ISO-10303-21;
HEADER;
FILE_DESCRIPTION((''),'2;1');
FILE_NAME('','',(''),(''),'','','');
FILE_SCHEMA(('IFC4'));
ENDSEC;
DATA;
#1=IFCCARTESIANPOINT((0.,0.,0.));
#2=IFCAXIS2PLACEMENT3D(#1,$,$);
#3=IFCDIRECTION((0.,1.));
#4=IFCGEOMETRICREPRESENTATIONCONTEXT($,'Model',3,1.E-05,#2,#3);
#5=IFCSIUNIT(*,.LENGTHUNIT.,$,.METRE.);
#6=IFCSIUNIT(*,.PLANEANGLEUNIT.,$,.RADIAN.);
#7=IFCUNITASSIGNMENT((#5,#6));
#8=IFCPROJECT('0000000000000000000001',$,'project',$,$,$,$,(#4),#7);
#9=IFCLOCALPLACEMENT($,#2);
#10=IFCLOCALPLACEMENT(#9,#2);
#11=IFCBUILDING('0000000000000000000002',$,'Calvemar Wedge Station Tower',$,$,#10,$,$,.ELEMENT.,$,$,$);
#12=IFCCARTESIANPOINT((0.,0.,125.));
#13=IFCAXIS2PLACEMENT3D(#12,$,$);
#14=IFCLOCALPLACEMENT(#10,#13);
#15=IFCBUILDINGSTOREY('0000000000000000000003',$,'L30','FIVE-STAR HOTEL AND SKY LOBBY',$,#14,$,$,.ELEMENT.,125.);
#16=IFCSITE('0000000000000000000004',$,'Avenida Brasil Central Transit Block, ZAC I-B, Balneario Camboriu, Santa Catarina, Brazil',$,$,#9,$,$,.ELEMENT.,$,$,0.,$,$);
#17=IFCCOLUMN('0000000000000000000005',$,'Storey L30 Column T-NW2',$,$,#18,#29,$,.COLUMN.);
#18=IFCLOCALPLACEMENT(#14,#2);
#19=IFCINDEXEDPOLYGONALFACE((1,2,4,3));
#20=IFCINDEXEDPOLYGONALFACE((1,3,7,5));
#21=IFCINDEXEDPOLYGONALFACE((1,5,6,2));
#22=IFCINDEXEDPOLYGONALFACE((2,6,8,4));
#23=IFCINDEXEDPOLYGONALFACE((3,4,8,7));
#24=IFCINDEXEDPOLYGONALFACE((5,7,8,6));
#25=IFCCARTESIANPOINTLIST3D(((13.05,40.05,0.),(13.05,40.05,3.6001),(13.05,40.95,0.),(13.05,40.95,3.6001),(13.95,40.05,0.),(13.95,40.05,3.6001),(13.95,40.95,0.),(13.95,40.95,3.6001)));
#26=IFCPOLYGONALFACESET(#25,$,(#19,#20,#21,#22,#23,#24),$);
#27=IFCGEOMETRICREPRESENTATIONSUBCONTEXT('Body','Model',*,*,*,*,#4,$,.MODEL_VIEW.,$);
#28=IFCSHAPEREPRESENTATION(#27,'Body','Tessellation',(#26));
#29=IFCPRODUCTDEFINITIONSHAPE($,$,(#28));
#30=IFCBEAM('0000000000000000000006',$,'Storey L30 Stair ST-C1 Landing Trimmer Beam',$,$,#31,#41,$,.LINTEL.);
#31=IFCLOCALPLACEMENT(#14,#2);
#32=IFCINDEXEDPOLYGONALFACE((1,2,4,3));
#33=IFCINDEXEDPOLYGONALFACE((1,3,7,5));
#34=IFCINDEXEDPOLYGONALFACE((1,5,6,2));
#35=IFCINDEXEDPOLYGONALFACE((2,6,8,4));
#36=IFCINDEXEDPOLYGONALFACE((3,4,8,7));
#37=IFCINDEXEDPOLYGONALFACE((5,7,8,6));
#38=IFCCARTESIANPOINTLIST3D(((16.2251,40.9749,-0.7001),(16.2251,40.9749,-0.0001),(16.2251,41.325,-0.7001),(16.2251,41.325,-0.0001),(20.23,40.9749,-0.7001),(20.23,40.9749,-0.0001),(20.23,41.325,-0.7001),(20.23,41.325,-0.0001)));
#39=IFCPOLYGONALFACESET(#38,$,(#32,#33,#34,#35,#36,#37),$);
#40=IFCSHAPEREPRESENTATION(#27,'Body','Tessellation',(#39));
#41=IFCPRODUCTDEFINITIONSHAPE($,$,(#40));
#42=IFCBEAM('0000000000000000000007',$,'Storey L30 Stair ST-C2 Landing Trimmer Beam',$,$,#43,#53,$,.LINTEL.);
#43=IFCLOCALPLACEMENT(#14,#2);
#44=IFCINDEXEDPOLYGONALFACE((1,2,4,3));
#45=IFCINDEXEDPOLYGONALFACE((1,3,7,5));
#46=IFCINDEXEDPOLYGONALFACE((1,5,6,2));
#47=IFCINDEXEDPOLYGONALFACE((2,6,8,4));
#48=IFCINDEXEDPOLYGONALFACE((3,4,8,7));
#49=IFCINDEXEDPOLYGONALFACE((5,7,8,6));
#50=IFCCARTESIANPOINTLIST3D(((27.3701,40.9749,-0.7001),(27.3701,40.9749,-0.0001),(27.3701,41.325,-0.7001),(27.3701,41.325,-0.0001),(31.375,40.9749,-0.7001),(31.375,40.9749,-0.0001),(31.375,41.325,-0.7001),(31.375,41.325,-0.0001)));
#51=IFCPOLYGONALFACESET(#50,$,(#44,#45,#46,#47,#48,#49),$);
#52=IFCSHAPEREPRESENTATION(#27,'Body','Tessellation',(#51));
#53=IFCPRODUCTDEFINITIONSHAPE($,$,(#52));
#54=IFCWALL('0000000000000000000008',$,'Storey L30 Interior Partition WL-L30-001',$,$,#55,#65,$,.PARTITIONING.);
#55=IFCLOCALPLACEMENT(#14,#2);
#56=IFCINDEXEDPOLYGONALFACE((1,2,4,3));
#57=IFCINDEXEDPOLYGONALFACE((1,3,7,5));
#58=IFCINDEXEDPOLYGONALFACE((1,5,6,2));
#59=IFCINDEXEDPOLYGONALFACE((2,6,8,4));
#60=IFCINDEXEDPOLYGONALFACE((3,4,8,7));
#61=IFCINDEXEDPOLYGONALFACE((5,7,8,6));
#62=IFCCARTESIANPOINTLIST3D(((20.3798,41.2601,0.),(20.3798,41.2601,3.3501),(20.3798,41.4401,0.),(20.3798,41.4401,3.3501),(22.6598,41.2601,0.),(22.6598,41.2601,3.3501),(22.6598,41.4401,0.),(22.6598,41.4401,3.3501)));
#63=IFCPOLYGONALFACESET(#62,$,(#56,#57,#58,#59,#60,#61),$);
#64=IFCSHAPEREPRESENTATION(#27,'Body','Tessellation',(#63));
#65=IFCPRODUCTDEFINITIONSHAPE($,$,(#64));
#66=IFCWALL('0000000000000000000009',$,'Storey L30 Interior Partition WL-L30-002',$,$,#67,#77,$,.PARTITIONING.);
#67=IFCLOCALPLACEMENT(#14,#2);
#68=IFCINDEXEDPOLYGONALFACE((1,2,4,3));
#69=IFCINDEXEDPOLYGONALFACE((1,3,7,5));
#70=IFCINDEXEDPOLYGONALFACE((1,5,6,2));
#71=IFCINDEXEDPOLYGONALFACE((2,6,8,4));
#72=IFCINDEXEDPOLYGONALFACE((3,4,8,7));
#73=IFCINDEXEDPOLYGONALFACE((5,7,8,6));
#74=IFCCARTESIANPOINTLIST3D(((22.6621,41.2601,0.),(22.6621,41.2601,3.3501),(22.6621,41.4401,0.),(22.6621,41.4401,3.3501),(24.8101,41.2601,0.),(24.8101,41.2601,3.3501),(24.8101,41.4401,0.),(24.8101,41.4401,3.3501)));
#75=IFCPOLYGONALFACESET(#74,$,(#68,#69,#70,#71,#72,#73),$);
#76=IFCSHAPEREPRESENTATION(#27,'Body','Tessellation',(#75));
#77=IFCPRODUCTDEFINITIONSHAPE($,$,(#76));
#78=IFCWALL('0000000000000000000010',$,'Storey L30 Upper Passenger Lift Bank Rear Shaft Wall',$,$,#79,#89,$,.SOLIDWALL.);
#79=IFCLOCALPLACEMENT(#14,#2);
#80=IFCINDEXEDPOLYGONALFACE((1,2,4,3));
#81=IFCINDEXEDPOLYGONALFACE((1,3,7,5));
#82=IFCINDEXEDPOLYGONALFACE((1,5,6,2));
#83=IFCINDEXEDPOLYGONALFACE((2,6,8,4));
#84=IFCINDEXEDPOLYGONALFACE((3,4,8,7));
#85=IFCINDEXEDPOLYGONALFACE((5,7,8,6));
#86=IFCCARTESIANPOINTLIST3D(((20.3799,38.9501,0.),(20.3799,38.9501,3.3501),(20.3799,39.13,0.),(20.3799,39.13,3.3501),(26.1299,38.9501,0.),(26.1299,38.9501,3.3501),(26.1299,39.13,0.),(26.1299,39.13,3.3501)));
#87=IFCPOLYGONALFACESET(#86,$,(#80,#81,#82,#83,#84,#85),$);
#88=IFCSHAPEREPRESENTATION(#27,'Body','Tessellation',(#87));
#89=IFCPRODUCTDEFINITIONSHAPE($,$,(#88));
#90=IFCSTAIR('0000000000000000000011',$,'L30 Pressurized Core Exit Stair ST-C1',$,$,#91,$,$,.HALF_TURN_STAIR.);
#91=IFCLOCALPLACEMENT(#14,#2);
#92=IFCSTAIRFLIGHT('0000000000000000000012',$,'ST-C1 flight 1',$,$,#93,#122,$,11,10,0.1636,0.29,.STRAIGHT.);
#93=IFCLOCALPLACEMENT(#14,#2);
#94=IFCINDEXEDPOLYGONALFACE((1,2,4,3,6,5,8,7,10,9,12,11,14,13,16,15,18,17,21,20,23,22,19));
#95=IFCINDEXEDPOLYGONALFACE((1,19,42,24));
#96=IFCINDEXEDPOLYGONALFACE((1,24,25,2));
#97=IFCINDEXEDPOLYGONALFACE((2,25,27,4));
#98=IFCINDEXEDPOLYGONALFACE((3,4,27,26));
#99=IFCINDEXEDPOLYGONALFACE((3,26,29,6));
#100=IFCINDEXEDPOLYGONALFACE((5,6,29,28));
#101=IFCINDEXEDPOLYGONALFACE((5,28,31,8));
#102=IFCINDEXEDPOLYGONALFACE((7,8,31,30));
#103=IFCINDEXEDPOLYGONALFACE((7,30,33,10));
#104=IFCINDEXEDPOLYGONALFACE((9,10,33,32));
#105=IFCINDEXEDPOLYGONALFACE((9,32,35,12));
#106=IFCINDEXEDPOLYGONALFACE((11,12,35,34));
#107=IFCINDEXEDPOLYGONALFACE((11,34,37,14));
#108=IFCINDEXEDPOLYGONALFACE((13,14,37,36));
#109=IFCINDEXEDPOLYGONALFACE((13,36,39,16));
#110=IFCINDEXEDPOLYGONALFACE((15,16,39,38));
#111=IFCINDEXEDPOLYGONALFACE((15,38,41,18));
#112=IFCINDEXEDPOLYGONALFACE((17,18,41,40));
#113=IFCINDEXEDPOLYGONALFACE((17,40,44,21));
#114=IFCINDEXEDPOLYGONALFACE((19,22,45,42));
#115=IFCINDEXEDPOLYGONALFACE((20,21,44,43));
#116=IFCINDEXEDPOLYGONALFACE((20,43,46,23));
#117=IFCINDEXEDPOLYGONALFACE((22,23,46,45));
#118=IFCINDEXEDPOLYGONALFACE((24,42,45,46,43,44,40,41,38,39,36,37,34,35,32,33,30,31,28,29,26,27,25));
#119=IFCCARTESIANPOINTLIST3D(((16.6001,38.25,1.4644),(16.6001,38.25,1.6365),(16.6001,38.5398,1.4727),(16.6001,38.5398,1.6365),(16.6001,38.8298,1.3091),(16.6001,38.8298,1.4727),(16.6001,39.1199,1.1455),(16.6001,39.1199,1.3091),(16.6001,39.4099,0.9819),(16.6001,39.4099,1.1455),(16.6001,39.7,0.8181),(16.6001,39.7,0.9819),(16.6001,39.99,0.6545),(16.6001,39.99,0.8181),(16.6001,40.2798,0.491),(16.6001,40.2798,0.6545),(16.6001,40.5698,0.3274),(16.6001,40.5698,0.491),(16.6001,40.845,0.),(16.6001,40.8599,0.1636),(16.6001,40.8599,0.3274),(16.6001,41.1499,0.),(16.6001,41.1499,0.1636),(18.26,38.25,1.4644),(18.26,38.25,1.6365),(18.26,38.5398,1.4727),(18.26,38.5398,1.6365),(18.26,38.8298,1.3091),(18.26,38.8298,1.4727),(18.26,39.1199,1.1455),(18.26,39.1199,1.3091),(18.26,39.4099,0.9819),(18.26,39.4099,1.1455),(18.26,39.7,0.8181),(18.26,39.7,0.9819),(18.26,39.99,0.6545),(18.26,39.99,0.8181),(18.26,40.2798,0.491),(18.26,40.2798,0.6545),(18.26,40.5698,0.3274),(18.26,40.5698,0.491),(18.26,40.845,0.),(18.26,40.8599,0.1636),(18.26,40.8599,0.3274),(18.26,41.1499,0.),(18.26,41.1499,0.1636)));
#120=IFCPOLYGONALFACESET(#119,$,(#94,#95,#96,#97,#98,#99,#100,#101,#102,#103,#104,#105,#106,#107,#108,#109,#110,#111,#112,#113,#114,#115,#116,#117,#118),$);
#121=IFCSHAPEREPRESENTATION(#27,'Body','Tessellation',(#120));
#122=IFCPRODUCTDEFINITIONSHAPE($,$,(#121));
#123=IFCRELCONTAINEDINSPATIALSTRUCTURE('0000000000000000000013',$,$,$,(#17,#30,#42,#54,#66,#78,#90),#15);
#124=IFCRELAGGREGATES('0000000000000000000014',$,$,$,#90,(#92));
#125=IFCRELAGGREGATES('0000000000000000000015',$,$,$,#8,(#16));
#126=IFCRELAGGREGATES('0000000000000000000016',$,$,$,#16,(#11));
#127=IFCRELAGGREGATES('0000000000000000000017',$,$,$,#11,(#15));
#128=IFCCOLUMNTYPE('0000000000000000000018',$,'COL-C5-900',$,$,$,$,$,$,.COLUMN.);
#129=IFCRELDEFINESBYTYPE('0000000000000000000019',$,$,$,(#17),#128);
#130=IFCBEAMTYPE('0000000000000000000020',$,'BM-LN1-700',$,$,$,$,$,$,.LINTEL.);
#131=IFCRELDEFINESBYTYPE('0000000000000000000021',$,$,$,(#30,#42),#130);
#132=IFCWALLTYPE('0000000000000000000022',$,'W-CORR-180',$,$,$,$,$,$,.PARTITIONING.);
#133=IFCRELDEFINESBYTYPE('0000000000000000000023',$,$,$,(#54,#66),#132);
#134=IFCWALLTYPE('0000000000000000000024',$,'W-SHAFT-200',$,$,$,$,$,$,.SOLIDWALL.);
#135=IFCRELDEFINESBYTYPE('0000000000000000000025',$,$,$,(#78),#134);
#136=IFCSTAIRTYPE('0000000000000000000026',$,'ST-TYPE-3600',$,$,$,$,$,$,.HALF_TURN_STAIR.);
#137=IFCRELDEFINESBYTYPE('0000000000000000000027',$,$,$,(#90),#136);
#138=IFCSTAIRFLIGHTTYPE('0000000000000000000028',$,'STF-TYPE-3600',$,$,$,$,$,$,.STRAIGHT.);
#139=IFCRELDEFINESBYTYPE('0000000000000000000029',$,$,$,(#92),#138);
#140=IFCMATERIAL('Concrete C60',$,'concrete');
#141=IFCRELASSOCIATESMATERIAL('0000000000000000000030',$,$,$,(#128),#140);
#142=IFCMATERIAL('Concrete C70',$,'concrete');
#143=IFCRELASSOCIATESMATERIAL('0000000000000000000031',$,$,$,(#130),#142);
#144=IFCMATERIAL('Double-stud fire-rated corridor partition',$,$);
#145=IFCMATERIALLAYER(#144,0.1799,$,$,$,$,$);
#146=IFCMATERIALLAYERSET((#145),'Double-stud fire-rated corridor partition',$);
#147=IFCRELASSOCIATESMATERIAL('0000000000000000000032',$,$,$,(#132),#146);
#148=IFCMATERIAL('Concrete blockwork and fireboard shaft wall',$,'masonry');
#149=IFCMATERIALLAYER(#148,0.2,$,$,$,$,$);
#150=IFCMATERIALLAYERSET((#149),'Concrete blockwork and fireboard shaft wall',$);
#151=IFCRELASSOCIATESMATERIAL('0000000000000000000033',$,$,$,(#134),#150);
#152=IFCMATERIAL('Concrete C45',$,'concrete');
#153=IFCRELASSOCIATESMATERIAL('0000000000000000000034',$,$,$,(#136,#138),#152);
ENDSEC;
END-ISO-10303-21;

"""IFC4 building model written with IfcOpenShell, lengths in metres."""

from ifc_helpers import new_model, si_unit, direction, frame, frame_2d, origin, origin_2d, place, context, subcontext, project, spatial, polyline, rectangle, outline, extrude, source, transform, mapped, material, layer, layer_set, material_profile, profile_set, type_object, element, aggregate, save


model = new_model("IFC4")

# Units and contexts
model_context = context("Model", 3, precision=1e-05, world=origin(), true_north=direction((0.0, 1.0)))
body_context = subcontext(model_context, "Body", "Model", "MODEL_VIEW")
ifc_project = project(units=[si_unit("LENGTHUNIT", "METRE"), si_unit("PLANEANGLEUNIT", "RADIAN")], contexts=[model_context])

# Site, building, storey
site_placement = place(None, origin())
site = spatial("IfcSite", under=ifc_project, at=site_placement, Name="Avenida Brasil Central Transit Block, ZAC I-B, Balneario Camboriu, Santa Catarina, Brazil", CompositionType="ELEMENT", RefElevation=0.0)
building_placement = place(site_placement, origin())
building = spatial("IfcBuilding", under=site, at=building_placement, Name="Calvemar Wedge Station Tower", CompositionType="ELEMENT")
storey_placement = place(building_placement, frame((0.0, 0.0, 125.0)))
storey = spatial("IfcBuildingStorey", under=building, at=storey_placement, Name="L30", Description="FIVE-STAR HOTEL AND SKY LOBBY", CompositionType="ELEMENT", Elevation=125.0)

# Column
ifc_material_1 = material(Name="Concrete C60", Category="concrete")
ifc_material_profile_1 = material_profile(ifc_material_1, rectangle(XDim=0.8999, YDim=0.8999, at=origin_2d()), Name="RC900x900")
ifc_profile_set_1 = profile_set([ifc_material_profile_1], Name="Concrete C60")
column_type = type_object("IfcColumnType", Name="COL-C5-900", PredefinedType="COLUMN", material=ifc_profile_set_1)
shared_shape_1 = source(origin(), body_context, "Body", "SweptSolid", [
    extrude(rectangle(XDim=0.8999, YDim=0.8999, at=origin_2d()), origin(), (0.0, 0.0, 1.0), 3.6001),
])
column_placement = place(storey_placement, frame((13.5, 40.5, 0.0), z_axis=(0.0, 0.0, 1.0), x_axis=(1.0, 0.0, 0.0)))
element("IfcColumn", 1, at=column_placement, inside=storey, type_object=column_type, Name="Storey L30 Column T-NW2", PredefinedType="COLUMN", context=body_context, shape_type="MappedRepresentation", body=[
    mapped(shared_shape_1, transform((0.0, 0.0, 0.0), scale=1.0)),
])

# Beams
ifc_material_2 = material(Name="Concrete C70", Category="concrete")
ifc_material_profile_2 = material_profile(ifc_material_2, rectangle(XDim=0.3501, YDim=0.7, at=origin_2d()), Name="RC350x700")
ifc_profile_set_2 = profile_set([ifc_material_profile_2], Name="Concrete C70")
beam_type = type_object("IfcBeamType", Name="BM-LN1-700", PredefinedType="LINTEL", material=ifc_profile_set_2)
shared_shape_2 = source(origin(), body_context, "Body", "SweptSolid", [
    extrude(rectangle(XDim=0.3501, YDim=0.7, at=origin_2d()), origin(), (0.0, 0.0, 1.0), 4.0049),
])
for number, where, z_axis, x_axis, name in (
    (2, (16.2251, 41.1499, -0.3501), (1.0, 0.0, 0.0), (0.0, 1.0, 0.0), "Storey L30 Stair ST-C1 Landing Trimmer Beam"),
    (3, (27.3701, 41.1499, -0.3501), (1.0, 0.0, 0.0), (0.0, 1.0, 0.0), "Storey L30 Stair ST-C2 Landing Trimmer Beam"),
):
    element("IfcBeam", number, at=place(storey_placement, frame(where, z_axis=z_axis, x_axis=x_axis)), inside=storey, type_object=beam_type, Name=name, PredefinedType="LINTEL", context=body_context, shape_type="MappedRepresentation", body=[
        mapped(shared_shape_2, transform((0.0, 0.0, 0.0), scale=1.0)),
    ])

# Walls
ifc_material_3 = material(Name="Double-stud fire-rated corridor partition")
ifc_layer_1 = layer(ifc_material_3, 0.1799)
ifc_layer_set_1 = layer_set([ifc_layer_1], Name="Double-stud fire-rated corridor partition")
wall_type_1 = type_object("IfcWallType", Name="W-CORR-180", PredefinedType="PARTITIONING", material=ifc_layer_set_1)
wall_1_placement = place(storey_placement, frame((22.6599, 41.3501, 0.0), z_axis=(0.0, 0.0, 1.0), x_axis=(-1.0, 0.0, 0.0)))
element("IfcWall", 4, at=wall_1_placement, inside=storey, type_object=wall_type_1, Name="Storey L30 Interior Partition WL-L30-001", PredefinedType="PARTITIONING", context=body_context, shape_type="SweptSolid", body=[
    extrude(rectangle(XDim=2.28, YDim=0.1799, at=frame_2d((1.1401, 0.0))), origin(), (0.0, 0.0, 1.0), 3.3501),
])
wall_2_placement = place(storey_placement, frame((24.8101, 41.3501, 0.0), z_axis=(0.0, 0.0, 1.0), x_axis=(-1.0, 0.0, 0.0)))
element("IfcWall", 5, at=wall_2_placement, inside=storey, type_object=wall_type_1, Name="Storey L30 Interior Partition WL-L30-002", PredefinedType="PARTITIONING", context=body_context, shape_type="SweptSolid", body=[
    extrude(rectangle(XDim=2.1479, YDim=0.1799, at=frame_2d((1.074, 0.0))), origin(), (0.0, 0.0, 1.0), 3.3501),
])

# Wall
ifc_material_4 = material(Name="Concrete blockwork and fireboard shaft wall", Category="masonry")
ifc_layer_2 = layer(ifc_material_4, 0.2)
ifc_layer_set_2 = layer_set([ifc_layer_2], Name="Concrete blockwork and fireboard shaft wall")
wall_type_2 = type_object("IfcWallType", Name="W-SHAFT-200", PredefinedType="SOLIDWALL", material=ifc_layer_set_2)
wall_3_placement = place(storey_placement, frame((20.3799, 39.04, 0.0), z_axis=(0.0, 0.0, 1.0), x_axis=(1.0, 0.0, 0.0)))
element("IfcWall", 6, at=wall_3_placement, inside=storey, type_object=wall_type_2, Name="Storey L30 Upper Passenger Lift Bank Rear Shaft Wall", PredefinedType="SOLIDWALL", context=body_context, shape_type="SweptSolid", body=[
    extrude(rectangle(XDim=5.75, YDim=0.1799, at=frame_2d((2.875, 0.0))), origin(), (0.0, 0.0, 1.0), 3.3501),
])

# Stair, stair flight
ifc_material_5 = material(Name="Concrete C45", Category="concrete")
stair_type = type_object("IfcStairType", Name="ST-TYPE-3600", PredefinedType="HALF_TURN_STAIR", material=ifc_material_5)
stair_placement = place(storey_placement, origin())
stair = element("IfcStair", 7, at=stair_placement, inside=storey, type_object=stair_type, Name="L30 Pressurized Core Exit Stair ST-C1", PredefinedType="HALF_TURN_STAIR")
stair_flight_type = type_object("IfcStairFlightType", Name="STF-TYPE-3600", PredefinedType="STRAIGHT", material=ifc_material_5)
stair_flight_placement = place(storey_placement, frame((17.4299, 41.1499, 0.0), z_axis=(0.0, 0.0, 1.0), x_axis=(0.0, -1.0, 0.0)))
stair_flight = element("IfcStairFlight", 8, at=stair_flight_placement, type_object=stair_flight_type, Name="ST-C1 flight 1", NumberOfRisers=11, NumberOfTreads=10, PredefinedType="STRAIGHT", RiserHeight=0.1636, TreadLength=0.29, context=body_context, shape_type="SweptSolid", body=[
    extrude(outline(polyline([(0.0, 0.0), (0.0, 0.1636), (0.29, 0.1636), (0.29, 0.3274), (0.5801, 0.3274), (0.5801, 0.491), (0.8701, 0.491), (0.8701, 0.6545), (1.1599, 0.6545), (1.1599, 0.8181), (1.45, 0.8181), (1.45, 0.9819), (1.74, 0.9819), (1.74, 1.1455), (2.03, 1.1455), (2.03, 1.3091), (2.3201, 1.3091), (2.3201, 1.4727), (2.6101, 1.4727), (2.6101, 1.6365), (2.8999, 1.6365), (2.8999, 1.8), (2.8999, 1.4644), (0.3049, 0.0), (0.0, 0.0)])), frame((0.0, 0.8301, 0.0), z_axis=(0.0, -1.0, 0.0), x_axis=(1.0, 0.0, 0.0)), (0.0, 0.0, 1.0), 1.6599),
])
aggregate(stair, [stair_flight])

save(model, "model.ifc")
